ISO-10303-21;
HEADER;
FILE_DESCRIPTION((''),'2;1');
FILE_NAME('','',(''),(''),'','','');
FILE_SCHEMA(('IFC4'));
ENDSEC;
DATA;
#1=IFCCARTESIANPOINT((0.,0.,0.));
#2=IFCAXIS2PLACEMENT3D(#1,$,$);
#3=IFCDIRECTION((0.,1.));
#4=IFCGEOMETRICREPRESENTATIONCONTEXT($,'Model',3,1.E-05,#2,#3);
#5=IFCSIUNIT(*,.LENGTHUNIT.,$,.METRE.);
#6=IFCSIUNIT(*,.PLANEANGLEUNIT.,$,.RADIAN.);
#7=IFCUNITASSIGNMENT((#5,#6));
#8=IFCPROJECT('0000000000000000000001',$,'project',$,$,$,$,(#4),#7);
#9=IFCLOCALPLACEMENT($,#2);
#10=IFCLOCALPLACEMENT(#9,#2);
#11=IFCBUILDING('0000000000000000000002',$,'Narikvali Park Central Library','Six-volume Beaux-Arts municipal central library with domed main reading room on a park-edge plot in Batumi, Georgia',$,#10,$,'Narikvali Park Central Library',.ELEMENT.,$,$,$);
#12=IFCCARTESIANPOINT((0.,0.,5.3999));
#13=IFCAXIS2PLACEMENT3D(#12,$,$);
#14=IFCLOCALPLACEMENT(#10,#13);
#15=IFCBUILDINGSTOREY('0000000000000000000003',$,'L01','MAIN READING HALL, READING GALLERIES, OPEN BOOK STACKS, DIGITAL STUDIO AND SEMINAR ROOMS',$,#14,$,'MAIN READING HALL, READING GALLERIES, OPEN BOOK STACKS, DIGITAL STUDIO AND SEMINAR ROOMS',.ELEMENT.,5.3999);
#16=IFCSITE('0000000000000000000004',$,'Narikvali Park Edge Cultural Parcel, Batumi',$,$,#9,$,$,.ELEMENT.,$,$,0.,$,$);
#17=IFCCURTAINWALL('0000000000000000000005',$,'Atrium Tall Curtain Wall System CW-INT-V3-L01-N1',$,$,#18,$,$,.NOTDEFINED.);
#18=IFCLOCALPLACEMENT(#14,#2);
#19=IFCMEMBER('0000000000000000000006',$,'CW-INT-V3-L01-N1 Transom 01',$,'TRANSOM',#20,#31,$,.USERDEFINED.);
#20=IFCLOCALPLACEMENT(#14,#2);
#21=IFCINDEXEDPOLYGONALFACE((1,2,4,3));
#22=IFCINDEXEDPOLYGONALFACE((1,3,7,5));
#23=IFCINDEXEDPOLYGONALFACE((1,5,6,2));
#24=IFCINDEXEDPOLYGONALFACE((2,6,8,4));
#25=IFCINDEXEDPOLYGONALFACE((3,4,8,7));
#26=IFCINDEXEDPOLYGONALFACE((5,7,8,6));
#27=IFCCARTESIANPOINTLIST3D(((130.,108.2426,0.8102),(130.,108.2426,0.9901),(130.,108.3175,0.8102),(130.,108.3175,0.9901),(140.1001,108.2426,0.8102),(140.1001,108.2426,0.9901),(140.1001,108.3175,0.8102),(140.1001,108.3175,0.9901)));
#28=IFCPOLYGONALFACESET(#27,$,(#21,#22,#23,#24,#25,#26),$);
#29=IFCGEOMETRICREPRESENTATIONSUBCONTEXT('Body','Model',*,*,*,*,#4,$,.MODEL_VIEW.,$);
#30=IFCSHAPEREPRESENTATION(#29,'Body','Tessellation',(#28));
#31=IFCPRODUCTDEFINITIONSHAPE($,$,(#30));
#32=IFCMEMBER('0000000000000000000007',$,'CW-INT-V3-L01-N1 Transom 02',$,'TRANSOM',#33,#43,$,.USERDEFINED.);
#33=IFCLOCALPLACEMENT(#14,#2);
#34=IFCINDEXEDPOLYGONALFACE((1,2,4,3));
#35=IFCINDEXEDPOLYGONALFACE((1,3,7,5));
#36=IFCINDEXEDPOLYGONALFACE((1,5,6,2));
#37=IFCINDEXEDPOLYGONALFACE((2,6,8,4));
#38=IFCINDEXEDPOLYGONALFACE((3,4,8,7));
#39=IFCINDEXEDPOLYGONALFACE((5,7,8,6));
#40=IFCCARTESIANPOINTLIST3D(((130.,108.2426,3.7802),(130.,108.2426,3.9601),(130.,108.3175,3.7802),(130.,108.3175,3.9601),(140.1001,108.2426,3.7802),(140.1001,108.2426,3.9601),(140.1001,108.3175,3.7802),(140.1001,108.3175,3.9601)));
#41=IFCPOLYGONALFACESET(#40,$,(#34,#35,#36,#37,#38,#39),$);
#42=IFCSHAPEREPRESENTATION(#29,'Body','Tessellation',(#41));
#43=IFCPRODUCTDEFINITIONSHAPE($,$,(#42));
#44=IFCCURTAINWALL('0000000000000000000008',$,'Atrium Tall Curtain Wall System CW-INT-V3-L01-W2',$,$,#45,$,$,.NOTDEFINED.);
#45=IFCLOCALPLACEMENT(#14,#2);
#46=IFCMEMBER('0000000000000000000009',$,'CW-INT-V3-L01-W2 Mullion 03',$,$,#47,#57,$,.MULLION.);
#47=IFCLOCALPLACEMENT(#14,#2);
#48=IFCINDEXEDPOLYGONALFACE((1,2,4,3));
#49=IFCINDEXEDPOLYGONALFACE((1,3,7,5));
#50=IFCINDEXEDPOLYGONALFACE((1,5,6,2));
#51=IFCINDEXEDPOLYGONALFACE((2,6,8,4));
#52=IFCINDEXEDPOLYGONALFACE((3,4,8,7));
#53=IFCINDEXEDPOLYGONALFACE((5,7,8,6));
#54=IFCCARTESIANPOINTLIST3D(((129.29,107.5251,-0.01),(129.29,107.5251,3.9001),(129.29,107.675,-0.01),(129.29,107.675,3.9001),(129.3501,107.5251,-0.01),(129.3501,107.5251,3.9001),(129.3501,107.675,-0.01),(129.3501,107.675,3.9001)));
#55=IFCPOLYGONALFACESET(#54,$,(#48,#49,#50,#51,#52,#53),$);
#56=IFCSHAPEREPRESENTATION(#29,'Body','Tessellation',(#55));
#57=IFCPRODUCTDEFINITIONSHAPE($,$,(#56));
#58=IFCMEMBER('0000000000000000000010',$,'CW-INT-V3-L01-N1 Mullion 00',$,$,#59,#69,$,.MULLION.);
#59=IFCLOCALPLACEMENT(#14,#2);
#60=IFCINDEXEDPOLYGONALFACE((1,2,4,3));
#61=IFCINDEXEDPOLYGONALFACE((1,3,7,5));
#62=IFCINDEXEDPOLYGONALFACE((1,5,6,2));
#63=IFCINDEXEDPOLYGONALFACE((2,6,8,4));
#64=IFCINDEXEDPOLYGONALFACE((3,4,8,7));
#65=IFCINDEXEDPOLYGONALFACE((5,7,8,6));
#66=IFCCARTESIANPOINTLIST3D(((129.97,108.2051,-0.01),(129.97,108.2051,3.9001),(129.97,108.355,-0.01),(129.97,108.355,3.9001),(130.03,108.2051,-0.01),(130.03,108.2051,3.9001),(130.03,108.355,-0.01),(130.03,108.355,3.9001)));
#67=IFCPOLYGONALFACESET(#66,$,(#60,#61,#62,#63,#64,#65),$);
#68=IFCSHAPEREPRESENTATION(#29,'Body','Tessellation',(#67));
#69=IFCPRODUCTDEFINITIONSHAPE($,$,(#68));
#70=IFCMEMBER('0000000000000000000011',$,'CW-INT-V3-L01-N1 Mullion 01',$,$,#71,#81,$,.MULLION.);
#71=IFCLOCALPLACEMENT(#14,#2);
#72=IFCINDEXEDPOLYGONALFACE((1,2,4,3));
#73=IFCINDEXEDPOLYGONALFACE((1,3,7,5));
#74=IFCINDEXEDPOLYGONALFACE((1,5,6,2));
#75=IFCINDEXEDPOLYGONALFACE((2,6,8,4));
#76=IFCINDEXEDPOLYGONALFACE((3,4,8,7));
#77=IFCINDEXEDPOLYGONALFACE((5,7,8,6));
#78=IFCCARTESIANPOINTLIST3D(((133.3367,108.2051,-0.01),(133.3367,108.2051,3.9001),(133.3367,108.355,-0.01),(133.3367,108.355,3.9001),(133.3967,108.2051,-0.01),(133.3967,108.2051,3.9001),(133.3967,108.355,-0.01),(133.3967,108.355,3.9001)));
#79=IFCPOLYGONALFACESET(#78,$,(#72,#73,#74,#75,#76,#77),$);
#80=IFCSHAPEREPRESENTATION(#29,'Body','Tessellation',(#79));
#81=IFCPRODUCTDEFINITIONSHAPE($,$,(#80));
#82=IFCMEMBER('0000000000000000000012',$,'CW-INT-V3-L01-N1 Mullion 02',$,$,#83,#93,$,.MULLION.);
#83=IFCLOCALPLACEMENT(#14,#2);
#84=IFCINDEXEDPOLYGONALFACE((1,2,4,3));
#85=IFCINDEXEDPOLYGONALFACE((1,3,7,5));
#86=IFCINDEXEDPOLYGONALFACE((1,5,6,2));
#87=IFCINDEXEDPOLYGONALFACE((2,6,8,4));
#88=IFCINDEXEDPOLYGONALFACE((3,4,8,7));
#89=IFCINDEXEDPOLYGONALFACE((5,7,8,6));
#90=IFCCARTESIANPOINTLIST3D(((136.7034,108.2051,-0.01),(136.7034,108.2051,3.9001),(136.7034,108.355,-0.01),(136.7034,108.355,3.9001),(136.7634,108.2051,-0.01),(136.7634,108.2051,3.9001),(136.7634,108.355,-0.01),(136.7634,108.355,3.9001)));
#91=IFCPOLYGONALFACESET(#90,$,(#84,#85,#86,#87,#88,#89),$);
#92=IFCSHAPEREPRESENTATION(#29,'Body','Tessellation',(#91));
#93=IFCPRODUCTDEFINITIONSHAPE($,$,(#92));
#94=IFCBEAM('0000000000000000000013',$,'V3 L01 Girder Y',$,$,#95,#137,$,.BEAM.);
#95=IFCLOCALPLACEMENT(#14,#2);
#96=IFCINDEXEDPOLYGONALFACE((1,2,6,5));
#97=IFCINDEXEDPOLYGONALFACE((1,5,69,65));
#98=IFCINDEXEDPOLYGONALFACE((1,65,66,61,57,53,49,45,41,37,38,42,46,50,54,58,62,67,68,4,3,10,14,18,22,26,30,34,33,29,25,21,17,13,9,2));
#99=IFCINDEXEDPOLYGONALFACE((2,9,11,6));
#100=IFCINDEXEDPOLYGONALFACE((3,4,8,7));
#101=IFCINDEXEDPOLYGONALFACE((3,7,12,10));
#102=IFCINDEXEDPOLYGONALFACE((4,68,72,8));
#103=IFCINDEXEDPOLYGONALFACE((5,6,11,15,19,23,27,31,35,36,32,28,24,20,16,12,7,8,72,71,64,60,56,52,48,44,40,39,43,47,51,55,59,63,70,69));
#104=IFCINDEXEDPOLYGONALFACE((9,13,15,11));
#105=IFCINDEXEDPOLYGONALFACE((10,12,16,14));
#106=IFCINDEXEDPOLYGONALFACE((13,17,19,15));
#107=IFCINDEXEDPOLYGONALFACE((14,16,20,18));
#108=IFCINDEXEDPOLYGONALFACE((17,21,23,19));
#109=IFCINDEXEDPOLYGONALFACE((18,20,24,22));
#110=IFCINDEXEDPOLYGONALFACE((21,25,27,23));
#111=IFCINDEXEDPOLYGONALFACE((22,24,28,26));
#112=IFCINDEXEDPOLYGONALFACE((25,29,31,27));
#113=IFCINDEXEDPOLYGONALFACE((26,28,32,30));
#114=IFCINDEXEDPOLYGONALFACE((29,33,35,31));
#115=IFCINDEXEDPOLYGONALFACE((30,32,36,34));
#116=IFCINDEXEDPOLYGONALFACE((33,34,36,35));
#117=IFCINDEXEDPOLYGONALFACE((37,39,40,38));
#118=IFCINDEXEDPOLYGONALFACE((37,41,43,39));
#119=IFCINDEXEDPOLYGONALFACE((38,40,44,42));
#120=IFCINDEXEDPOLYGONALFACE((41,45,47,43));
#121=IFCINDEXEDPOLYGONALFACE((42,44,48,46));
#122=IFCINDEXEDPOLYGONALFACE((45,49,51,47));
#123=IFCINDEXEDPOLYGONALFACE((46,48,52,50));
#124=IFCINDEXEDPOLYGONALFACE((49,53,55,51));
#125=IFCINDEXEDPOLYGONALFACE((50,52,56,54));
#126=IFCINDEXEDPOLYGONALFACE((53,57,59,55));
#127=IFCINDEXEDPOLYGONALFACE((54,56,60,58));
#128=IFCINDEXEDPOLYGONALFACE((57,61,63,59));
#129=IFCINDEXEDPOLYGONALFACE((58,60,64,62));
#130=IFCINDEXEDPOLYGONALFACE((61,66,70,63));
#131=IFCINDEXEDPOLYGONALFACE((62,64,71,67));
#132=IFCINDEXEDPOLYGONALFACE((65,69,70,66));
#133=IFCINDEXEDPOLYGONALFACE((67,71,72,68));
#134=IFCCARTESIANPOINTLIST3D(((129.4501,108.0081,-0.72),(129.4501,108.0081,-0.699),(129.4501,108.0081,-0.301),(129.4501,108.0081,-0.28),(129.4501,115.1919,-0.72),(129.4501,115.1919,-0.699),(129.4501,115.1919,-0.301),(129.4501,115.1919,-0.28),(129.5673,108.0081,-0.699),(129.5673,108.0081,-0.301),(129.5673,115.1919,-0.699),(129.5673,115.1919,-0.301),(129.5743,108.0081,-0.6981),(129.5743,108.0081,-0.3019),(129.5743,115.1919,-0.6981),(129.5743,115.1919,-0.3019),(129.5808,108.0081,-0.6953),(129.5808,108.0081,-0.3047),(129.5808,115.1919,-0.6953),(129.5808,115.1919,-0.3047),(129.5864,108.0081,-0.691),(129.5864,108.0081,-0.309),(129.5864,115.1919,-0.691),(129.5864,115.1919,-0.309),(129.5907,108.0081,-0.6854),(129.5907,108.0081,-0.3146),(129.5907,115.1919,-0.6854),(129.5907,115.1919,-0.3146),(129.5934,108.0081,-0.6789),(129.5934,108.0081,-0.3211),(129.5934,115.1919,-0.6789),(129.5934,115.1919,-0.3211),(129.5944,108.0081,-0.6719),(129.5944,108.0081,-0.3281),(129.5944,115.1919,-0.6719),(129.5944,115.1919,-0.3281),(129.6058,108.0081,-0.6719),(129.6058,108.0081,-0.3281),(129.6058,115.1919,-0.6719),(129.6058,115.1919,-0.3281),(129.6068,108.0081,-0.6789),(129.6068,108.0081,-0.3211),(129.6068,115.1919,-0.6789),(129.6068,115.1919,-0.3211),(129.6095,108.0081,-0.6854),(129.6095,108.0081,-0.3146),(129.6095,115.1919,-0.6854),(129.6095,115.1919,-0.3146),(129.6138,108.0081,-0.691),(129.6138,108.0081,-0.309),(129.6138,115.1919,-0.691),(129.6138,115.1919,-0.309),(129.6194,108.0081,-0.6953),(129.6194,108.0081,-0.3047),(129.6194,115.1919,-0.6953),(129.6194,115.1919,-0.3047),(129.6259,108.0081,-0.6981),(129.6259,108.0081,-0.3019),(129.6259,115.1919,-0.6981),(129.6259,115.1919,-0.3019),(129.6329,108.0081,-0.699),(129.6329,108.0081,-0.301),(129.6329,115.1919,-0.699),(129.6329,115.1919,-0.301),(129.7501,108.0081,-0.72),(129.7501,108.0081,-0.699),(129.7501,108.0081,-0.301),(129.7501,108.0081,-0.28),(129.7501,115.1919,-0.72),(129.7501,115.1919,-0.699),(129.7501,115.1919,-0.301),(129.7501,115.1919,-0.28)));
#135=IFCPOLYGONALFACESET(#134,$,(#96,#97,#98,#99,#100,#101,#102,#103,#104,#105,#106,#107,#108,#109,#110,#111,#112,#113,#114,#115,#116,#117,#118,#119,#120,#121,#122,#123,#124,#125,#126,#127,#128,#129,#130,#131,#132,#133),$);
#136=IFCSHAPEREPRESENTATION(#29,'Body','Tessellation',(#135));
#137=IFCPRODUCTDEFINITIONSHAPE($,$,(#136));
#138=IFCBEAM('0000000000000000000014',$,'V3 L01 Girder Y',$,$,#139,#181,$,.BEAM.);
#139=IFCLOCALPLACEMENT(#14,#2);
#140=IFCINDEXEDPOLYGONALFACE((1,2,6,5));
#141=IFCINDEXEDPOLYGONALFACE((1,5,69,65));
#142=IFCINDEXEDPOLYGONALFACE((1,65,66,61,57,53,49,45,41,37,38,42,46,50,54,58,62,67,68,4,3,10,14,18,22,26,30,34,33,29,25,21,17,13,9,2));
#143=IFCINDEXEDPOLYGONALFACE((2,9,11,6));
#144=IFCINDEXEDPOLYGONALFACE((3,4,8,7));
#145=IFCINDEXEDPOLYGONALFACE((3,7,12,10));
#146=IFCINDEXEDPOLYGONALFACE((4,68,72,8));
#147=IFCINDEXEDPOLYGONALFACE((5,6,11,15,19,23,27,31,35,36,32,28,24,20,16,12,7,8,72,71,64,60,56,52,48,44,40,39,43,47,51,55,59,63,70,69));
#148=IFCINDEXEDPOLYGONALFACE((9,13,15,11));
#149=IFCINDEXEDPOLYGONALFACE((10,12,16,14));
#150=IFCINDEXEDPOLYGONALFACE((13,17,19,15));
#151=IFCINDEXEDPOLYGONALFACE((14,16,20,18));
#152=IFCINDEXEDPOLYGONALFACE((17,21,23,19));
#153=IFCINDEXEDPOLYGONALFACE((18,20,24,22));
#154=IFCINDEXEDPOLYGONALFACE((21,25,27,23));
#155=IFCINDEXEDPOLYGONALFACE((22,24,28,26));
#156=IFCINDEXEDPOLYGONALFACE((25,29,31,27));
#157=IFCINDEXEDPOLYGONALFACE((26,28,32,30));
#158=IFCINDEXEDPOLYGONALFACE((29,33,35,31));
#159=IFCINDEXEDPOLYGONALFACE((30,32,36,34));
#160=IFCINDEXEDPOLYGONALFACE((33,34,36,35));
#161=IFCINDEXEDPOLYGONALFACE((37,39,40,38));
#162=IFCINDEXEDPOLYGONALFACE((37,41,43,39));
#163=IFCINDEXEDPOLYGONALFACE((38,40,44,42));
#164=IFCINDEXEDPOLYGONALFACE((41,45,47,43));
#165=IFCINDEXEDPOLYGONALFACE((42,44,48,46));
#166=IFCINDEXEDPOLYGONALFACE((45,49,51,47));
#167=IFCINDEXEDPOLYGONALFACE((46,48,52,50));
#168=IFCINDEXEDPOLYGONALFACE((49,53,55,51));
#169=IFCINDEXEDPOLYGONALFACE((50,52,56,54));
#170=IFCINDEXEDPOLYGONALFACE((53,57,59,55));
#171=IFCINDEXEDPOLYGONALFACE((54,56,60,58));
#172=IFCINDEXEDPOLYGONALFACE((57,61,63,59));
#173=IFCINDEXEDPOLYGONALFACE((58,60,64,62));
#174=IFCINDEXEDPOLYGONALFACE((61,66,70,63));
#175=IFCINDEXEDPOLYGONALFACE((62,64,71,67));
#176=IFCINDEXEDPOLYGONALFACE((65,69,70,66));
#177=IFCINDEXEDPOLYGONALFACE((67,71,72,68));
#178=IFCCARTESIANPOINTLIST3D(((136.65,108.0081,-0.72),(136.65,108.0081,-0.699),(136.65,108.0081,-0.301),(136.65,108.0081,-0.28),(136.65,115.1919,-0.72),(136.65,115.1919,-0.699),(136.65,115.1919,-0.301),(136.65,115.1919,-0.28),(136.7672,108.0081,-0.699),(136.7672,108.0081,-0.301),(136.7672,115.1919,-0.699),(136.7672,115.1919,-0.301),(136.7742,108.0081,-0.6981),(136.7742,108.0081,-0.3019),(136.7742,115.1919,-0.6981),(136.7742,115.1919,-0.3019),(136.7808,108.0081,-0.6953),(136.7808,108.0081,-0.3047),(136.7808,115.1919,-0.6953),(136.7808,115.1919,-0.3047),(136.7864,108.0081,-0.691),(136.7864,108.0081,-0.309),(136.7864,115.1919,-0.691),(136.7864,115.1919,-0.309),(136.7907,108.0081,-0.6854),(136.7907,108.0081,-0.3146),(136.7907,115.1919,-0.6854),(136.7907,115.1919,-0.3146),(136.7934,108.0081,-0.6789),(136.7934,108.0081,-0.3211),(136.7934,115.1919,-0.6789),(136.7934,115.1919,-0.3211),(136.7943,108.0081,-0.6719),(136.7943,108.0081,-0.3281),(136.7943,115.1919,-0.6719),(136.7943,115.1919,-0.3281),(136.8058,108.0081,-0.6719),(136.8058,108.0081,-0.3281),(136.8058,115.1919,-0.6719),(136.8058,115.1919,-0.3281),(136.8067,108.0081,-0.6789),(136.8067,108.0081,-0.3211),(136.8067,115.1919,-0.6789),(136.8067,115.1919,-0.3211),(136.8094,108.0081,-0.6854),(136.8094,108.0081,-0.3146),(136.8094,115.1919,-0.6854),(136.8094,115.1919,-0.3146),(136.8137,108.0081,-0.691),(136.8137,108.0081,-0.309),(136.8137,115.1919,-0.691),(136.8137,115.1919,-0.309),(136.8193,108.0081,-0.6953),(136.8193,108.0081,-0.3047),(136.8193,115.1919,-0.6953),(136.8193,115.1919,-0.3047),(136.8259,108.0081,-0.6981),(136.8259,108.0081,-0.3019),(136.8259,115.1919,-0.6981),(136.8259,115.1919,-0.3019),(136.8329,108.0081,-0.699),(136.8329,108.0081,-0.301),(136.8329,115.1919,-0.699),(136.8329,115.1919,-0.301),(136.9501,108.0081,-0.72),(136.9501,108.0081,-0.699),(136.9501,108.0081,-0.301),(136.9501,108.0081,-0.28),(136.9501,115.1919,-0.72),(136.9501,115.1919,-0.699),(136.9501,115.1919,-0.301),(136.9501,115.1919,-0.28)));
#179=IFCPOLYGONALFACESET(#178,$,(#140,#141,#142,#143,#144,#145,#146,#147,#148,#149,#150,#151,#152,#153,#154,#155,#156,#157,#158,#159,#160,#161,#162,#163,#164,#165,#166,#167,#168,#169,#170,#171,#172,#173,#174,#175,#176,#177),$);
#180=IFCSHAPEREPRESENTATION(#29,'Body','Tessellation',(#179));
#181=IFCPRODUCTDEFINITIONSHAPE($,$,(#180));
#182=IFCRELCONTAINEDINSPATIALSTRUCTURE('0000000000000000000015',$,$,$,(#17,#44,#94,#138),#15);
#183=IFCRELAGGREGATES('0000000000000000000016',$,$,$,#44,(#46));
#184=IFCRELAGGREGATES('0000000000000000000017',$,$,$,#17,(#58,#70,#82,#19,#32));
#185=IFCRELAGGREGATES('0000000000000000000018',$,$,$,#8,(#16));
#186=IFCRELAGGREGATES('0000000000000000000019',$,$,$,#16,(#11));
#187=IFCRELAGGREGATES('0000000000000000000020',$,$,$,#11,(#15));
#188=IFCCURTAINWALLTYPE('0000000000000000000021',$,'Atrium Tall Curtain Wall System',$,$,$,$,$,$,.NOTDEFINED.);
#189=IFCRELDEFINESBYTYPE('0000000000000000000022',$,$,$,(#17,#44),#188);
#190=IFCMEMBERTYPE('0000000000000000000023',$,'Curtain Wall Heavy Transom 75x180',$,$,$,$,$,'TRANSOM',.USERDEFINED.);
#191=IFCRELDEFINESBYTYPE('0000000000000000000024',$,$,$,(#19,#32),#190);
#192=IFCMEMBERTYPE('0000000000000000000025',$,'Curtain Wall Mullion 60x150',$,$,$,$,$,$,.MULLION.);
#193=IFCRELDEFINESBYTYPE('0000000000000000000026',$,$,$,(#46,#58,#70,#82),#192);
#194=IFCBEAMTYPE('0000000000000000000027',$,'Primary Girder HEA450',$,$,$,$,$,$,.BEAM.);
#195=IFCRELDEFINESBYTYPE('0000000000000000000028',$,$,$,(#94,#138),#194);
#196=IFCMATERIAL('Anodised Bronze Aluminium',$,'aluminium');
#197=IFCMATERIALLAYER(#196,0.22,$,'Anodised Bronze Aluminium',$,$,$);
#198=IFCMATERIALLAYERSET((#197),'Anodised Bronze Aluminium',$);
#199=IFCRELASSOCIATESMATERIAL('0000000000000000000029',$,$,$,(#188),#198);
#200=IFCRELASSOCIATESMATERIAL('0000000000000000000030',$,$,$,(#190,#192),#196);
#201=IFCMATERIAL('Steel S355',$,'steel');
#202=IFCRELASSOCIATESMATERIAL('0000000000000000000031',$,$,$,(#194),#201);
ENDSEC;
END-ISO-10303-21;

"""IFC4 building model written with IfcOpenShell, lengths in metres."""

from ifc_helpers import new_model, si_unit, direction, frame, origin, origin_2d, place, context, subcontext, project, spatial, rectangle, i_section, extrude, material, layer, layer_set, material_profile, profile_set, type_object, element, aggregate, save


model = new_model("IFC4")

# Units and contexts
model_context = context("Model", 3, precision=1e-05, world=origin(), true_north=direction((0.0, 1.0)))
body_context = subcontext(model_context, "Body", "Model", "MODEL_VIEW")
ifc_project = project(units=[si_unit("LENGTHUNIT", "METRE"), si_unit("PLANEANGLEUNIT", "RADIAN")], contexts=[model_context])

# Site, building, storey
site_placement = place(None, origin())
site = spatial("IfcSite", under=ifc_project, at=site_placement, Name="Narikvali Park Edge Cultural Parcel, Batumi", CompositionType="ELEMENT", RefElevation=0.0)
building_placement = place(site_placement, origin())
building = spatial("IfcBuilding", under=site, at=building_placement, Name="Narikvali Park Central Library", Description="Six-volume Beaux-Arts municipal central library with domed main reading room on a park-edge plot in Batumi, Georgia", LongName="Narikvali Park Central Library", CompositionType="ELEMENT")
storey_placement = place(building_placement, frame((0.0, 0.0, 5.3999)))
storey = spatial("IfcBuildingStorey", under=building, at=storey_placement, Name="L01", Description="MAIN READING HALL, READING GALLERIES, OPEN BOOK STACKS, DIGITAL STUDIO AND SEMINAR ROOMS", LongName="MAIN READING HALL, READING GALLERIES, OPEN BOOK STACKS, DIGITAL STUDIO AND SEMINAR ROOMS", CompositionType="ELEMENT", Elevation=5.3999)

# Shared definitions
ifc_material_1 = material(Name="Steel S355", Category="steel")

# Curtain wall, members
ifc_material_2 = material(Name="Anodised Bronze Aluminium", Category="aluminium")
ifc_layer_1 = layer(ifc_material_2, 0.22, Name="Anodised Bronze Aluminium")
ifc_layer_set_1 = layer_set([ifc_layer_1], Name="Anodised Bronze Aluminium")
curtain_wall_type = type_object("IfcCurtainWallType", Name="Atrium Tall Curtain Wall System", PredefinedType="NOTDEFINED", material=ifc_layer_set_1)
curtain_wall_1_placement = place(storey_placement, origin())
curtain_wall_1 = element("IfcCurtainWall", 1, at=curtain_wall_1_placement, inside=storey, type_object=curtain_wall_type, Name="Atrium Tall Curtain Wall System CW-INT-V3-L01-N1", PredefinedType="NOTDEFINED")
ifc_material_profile_1 = material_profile(ifc_material_2, rectangle(XDim=0.075, YDim=0.1799, at=origin_2d()), Name="CW TRANSOM 75x180")
ifc_profile_set_1 = profile_set([ifc_material_profile_1], Name="Anodised Bronze Aluminium")
member_type_1 = type_object("IfcMemberType", Name="Curtain Wall Heavy Transom 75x180", ElementType="TRANSOM", PredefinedType="USERDEFINED", material=ifc_profile_set_1)
member_1_placement = place(storey_placement, frame((130.0, 108.28, 0.9001), z_axis=(1.0, 0.0, 0.0), x_axis=(0.0, 1.0, 0.0)))
member_1 = element("IfcMember", 2, at=member_1_placement, type_object=member_type_1, Name="CW-INT-V3-L01-N1 Transom 01", ObjectType="TRANSOM", PredefinedType="USERDEFINED", context=body_context, shape_type="SweptSolid", body=[
    extrude(rectangle(XDim=0.075, YDim=0.1799, at=origin_2d()), origin(), (0.0, 0.0, 1.0), 10.1001),
])
member_2_placement = place(storey_placement, frame((130.0, 108.28, 3.8701), z_axis=(1.0, 0.0, 0.0), x_axis=(0.0, 1.0, 0.0)))
member_2 = element("IfcMember", 3, at=member_2_placement, type_object=member_type_1, Name="CW-INT-V3-L01-N1 Transom 02", ObjectType="TRANSOM", PredefinedType="USERDEFINED", context=body_context, shape_type="SweptSolid", body=[
    extrude(rectangle(XDim=0.075, YDim=0.1799, at=origin_2d()), origin(), (0.0, 0.0, 1.0), 10.1001),
])

# Curtain wall, member
curtain_wall_2_placement = place(storey_placement, origin())
curtain_wall_2 = element("IfcCurtainWall", 4, at=curtain_wall_2_placement, inside=storey, type_object=curtain_wall_type, Name="Atrium Tall Curtain Wall System CW-INT-V3-L01-W2", PredefinedType="NOTDEFINED")
ifc_material_profile_2 = material_profile(ifc_material_2, rectangle(XDim=0.0601, YDim=0.1499, at=origin_2d()), Name="CW MULLION 60x150")
ifc_profile_set_2 = profile_set([ifc_material_profile_2], Name="Anodised Bronze Aluminium")
member_type_2 = type_object("IfcMemberType", Name="Curtain Wall Mullion 60x150", PredefinedType="MULLION", material=ifc_profile_set_2)
member_3_placement = place(storey_placement, frame((129.3201, 107.6001, -0.01), z_axis=(0.0, 0.0, 1.0), x_axis=(1.0, 0.0, 0.0)))
member_3 = element("IfcMember", 5, at=member_3_placement, type_object=member_type_2, Name="CW-INT-V3-L01-W2 Mullion 03", PredefinedType="MULLION", context=body_context, shape_type="SweptSolid", body=[
    extrude(rectangle(XDim=0.0601, YDim=0.1499, at=origin_2d()), origin(), (0.0, 0.0, 1.0), 3.9102),
])
aggregate(curtain_wall_2, [member_3])

# Members
member_4_placement = place(storey_placement, frame((130.0, 108.28, -0.01), z_axis=(0.0, 0.0, 1.0), x_axis=(1.0, 0.0, 0.0)))
member_4 = element("IfcMember", 6, at=member_4_placement, type_object=member_type_2, Name="CW-INT-V3-L01-N1 Mullion 00", PredefinedType="MULLION", context=body_context, shape_type="SweptSolid", body=[
    extrude(rectangle(XDim=0.0601, YDim=0.1499, at=origin_2d()), origin(), (0.0, 0.0, 1.0), 3.9102),
])
member_5_placement = place(storey_placement, frame((133.3667, 108.28, -0.01), z_axis=(0.0, 0.0, 1.0), x_axis=(1.0, 0.0, 0.0)))
member_5 = element("IfcMember", 7, at=member_5_placement, type_object=member_type_2, Name="CW-INT-V3-L01-N1 Mullion 01", PredefinedType="MULLION", context=body_context, shape_type="SweptSolid", body=[
    extrude(rectangle(XDim=0.0601, YDim=0.1499, at=origin_2d()), origin(), (0.0, 0.0, 1.0), 3.9102),
])
member_6_placement = place(storey_placement, frame((136.7334, 108.28, -0.01), z_axis=(0.0, 0.0, 1.0), x_axis=(1.0, 0.0, 0.0)))
member_6 = element("IfcMember", 8, at=member_6_placement, type_object=member_type_2, Name="CW-INT-V3-L01-N1 Mullion 02", PredefinedType="MULLION", context=body_context, shape_type="SweptSolid", body=[
    extrude(rectangle(XDim=0.0601, YDim=0.1499, at=origin_2d()), origin(), (0.0, 0.0, 1.0), 3.9102),
])

# Beams
ifc_material_profile_3 = material_profile(ifc_material_1, i_section(OverallWidth=0.3, OverallDepth=0.4399, WebThickness=0.0115, FlangeThickness=0.021, FilletRadius=0.0271, at=origin_2d()), Name="HEA 450")
ifc_profile_set_3 = profile_set([ifc_material_profile_3], Name="Steel S355")
beam_type_1 = type_object("IfcBeamType", Name="Primary Girder HEA450", PredefinedType="BEAM", material=ifc_profile_set_3)
for number, where, z_axis, x_axis, name in (
    (9, (129.6001, 108.0081, -0.5), (0.0, 1.0, 0.0), (-1.0, 0.0, 0.0), "V3 L01 Girder Y"),
    (10, (136.8, 108.0081, -0.5), (0.0, 1.0, 0.0), (-1.0, 0.0, 0.0), "V3 L01 Girder Y"),
):
    element("IfcBeam", number, at=place(storey_placement, frame(where, z_axis=z_axis, x_axis=x_axis)), inside=storey, type_object=beam_type_1, Name=name, PredefinedType="BEAM", context=body_context, shape_type="SweptSolid", body=[
        extrude(i_section(OverallWidth=0.3, OverallDepth=0.4399, WebThickness=0.0115, FlangeThickness=0.021, FilletRadius=0.0271, at=origin_2d()), origin(), (0.0, 0.0, 1.0), 7.1838),
    ])

aggregate(curtain_wall_1, [member_4, member_5, member_6, member_1, member_2])

save(model, "model.ifc")
